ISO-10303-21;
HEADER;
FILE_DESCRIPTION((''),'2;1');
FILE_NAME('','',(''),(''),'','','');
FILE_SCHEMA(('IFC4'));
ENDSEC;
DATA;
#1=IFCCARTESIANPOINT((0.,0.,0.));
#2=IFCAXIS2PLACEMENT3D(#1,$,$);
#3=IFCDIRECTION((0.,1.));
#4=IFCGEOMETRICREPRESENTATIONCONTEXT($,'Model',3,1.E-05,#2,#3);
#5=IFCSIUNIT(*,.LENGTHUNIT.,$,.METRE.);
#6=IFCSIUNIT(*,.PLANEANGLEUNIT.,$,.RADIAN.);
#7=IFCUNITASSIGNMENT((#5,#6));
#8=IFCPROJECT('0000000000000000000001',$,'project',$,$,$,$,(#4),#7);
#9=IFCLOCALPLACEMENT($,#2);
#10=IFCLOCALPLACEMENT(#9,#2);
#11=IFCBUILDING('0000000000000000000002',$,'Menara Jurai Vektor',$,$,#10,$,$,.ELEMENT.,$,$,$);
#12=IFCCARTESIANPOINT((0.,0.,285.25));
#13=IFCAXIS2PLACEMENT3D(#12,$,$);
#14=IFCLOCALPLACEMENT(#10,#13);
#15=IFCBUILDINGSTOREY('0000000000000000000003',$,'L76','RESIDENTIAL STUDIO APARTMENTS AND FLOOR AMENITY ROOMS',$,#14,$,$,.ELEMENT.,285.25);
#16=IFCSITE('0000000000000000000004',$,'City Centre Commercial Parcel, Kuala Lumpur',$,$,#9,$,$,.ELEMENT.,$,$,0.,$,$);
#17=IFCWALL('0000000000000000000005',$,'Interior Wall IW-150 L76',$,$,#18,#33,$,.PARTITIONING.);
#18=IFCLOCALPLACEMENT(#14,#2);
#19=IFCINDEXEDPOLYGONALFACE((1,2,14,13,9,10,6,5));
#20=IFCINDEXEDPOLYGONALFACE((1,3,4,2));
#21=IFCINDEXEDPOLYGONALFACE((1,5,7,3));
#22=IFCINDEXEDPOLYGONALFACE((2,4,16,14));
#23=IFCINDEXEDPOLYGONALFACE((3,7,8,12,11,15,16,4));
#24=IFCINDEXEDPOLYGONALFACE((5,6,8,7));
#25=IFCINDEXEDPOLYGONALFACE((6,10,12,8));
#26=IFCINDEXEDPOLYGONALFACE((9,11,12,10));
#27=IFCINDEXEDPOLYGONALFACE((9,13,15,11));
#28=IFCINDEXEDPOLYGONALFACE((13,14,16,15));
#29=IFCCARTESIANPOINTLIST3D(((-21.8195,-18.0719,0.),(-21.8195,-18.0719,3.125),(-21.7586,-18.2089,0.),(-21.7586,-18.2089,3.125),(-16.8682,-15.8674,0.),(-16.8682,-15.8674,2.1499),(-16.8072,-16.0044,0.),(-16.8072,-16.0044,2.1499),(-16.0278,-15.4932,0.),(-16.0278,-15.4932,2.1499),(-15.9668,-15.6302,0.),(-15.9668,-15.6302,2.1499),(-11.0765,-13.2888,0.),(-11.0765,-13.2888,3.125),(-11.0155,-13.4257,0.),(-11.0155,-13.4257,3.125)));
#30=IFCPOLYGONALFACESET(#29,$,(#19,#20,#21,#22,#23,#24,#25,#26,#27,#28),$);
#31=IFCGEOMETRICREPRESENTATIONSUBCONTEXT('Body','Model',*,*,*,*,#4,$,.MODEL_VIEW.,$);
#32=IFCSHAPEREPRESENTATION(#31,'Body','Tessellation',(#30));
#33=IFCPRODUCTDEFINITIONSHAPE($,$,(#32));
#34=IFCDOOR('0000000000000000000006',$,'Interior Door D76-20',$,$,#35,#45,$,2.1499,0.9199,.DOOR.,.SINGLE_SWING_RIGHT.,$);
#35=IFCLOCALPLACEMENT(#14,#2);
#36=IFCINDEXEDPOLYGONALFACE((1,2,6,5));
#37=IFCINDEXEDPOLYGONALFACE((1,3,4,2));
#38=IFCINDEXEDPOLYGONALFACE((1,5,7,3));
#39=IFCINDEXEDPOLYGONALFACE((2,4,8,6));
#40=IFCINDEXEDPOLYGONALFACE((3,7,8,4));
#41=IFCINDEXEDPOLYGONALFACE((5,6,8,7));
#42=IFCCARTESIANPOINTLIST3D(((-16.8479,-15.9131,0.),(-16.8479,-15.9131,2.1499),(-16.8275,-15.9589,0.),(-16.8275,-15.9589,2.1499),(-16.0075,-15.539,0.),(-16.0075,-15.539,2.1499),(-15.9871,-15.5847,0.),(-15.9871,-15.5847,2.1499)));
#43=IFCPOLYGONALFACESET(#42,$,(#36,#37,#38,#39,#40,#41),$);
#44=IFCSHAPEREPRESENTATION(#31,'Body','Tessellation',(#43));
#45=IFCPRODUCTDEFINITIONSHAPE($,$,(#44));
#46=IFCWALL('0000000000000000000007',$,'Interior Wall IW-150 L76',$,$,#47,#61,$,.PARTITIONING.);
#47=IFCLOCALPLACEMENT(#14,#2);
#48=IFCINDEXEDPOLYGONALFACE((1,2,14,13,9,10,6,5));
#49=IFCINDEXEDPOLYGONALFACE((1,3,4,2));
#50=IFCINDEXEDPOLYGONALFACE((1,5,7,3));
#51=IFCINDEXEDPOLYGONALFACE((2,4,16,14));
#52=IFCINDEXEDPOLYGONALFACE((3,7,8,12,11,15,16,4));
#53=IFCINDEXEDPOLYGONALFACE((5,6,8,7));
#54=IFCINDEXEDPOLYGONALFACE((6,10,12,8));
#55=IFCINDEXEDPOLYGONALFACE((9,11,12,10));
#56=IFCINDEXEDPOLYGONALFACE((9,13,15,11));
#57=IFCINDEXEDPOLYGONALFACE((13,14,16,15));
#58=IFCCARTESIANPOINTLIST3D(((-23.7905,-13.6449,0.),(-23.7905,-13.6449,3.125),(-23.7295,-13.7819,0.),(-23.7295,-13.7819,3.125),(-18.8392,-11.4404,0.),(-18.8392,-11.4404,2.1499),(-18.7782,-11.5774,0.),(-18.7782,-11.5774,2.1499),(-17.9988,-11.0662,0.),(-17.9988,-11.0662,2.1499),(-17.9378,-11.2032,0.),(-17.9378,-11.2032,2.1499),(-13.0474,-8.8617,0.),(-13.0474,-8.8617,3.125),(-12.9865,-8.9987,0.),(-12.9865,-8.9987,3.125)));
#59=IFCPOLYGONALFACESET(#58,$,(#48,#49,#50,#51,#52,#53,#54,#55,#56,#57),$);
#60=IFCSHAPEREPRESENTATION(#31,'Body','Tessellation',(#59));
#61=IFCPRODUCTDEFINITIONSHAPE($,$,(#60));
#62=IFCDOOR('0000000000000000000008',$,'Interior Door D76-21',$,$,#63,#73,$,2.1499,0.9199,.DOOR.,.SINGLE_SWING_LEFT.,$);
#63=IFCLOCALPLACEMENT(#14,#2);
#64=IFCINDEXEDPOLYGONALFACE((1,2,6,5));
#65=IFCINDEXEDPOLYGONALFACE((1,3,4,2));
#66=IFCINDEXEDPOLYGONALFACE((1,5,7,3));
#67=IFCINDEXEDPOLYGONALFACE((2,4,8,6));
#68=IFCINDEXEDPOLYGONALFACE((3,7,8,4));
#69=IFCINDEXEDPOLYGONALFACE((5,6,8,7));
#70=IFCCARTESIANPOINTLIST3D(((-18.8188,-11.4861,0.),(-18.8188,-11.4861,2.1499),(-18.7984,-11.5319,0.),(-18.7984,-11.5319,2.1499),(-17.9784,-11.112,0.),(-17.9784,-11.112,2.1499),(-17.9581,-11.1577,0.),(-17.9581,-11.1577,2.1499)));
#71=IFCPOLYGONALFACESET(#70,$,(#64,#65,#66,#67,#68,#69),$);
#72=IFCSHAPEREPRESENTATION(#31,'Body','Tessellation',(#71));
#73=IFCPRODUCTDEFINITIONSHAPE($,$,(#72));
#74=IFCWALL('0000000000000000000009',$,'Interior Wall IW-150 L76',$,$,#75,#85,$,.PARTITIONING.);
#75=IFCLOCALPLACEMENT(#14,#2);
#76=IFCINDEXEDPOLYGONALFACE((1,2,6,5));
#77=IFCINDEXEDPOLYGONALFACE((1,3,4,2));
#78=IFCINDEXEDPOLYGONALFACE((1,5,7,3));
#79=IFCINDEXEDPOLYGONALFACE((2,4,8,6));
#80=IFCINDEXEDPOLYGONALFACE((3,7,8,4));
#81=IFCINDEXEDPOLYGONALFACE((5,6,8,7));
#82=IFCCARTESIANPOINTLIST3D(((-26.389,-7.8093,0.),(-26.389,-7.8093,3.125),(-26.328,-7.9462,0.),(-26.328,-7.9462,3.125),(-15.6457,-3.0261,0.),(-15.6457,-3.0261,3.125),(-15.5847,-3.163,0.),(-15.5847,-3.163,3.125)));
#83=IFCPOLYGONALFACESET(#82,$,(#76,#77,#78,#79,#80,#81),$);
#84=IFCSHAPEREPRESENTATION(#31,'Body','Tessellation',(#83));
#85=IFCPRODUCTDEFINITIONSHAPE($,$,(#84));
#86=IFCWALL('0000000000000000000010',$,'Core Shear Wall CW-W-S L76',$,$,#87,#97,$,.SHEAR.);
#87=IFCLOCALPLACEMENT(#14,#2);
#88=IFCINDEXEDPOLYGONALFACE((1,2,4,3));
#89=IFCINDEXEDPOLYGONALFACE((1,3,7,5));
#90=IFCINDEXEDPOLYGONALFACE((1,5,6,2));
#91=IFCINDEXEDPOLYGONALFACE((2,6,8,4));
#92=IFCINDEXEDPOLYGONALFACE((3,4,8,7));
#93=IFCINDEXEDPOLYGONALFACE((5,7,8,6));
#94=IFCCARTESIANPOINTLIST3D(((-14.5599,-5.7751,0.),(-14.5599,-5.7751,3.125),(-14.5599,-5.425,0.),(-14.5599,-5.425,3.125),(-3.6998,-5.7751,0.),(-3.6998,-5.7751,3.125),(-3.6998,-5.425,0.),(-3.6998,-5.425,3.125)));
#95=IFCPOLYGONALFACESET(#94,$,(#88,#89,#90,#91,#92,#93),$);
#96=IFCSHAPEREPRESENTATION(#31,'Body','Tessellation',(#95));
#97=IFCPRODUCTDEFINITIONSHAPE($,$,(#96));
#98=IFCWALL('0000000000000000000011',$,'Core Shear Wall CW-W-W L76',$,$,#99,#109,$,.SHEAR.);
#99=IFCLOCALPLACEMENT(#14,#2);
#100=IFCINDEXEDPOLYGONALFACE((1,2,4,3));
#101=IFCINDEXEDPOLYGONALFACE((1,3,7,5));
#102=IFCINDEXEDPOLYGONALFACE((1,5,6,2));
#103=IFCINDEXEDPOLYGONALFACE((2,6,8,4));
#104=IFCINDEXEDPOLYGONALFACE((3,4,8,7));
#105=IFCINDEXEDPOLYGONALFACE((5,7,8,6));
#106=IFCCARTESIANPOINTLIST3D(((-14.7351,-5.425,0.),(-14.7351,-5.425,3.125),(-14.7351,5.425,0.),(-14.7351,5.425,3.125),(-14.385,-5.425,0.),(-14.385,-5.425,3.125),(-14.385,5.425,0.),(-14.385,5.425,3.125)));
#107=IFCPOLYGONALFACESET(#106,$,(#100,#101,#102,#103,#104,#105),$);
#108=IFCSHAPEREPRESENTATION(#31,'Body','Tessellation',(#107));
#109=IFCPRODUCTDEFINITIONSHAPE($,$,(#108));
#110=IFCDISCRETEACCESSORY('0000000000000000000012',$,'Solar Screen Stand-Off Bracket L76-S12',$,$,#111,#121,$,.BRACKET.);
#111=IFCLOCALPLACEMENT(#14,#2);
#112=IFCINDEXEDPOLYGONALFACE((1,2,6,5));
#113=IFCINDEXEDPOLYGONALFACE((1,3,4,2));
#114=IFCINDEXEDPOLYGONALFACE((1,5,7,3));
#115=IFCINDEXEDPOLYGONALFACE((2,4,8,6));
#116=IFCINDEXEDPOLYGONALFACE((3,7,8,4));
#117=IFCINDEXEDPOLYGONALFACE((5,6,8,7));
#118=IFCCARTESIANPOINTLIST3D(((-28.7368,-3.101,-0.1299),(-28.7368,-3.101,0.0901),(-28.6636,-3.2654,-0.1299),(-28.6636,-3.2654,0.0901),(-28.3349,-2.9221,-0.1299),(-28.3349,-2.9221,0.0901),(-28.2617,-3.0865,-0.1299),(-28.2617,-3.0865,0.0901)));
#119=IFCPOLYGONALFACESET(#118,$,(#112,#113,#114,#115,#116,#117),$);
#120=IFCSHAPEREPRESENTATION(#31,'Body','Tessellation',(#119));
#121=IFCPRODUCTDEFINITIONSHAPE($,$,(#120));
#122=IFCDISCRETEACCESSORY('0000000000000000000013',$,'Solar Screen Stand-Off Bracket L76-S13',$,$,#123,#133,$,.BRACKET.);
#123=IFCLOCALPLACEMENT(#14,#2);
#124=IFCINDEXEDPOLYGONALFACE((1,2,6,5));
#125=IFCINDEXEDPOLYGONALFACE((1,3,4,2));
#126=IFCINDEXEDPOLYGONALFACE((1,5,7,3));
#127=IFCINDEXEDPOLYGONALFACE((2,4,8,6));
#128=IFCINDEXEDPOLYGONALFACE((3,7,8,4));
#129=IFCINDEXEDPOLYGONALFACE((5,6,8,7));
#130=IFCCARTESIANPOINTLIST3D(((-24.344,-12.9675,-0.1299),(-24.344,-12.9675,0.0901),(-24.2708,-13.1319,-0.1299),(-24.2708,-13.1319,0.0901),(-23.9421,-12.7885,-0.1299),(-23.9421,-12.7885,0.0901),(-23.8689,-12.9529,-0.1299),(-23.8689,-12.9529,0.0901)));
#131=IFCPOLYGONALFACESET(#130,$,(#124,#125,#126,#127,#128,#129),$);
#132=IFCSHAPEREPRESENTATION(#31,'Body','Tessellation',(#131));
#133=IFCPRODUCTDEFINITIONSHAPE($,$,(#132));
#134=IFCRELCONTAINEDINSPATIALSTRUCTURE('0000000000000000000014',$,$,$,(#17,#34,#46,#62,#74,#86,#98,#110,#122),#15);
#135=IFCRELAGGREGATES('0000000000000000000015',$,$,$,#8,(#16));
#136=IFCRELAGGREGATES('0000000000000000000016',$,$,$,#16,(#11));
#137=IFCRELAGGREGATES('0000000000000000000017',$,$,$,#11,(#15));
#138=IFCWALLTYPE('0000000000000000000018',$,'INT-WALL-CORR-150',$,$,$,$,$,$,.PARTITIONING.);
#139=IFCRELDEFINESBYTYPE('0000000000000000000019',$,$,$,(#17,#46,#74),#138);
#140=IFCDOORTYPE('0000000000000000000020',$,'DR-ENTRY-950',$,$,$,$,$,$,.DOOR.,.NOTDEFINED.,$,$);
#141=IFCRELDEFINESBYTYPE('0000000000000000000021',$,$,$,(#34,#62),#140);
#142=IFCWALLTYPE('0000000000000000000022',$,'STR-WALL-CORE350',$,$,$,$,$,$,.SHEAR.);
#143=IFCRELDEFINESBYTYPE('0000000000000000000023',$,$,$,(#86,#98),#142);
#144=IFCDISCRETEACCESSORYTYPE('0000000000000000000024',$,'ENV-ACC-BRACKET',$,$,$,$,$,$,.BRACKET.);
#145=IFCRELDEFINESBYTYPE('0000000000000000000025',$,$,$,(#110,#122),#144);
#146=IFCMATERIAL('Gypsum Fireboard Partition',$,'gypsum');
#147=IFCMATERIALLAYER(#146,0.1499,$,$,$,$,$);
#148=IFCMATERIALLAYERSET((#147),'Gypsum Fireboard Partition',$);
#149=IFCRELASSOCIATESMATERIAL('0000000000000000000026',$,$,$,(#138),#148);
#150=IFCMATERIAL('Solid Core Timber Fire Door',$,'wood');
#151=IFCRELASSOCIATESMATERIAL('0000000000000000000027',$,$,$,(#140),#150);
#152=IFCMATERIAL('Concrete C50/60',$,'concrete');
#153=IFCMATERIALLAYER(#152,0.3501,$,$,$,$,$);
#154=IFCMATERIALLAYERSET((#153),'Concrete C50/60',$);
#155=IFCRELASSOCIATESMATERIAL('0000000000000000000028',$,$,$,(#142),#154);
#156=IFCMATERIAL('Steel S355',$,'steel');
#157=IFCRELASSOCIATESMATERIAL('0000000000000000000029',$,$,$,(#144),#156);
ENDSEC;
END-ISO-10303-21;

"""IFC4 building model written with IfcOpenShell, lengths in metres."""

from ifc_helpers import new_model, si_unit, direction, frame, frame_2d, origin, origin_2d, place, context, subcontext, project, spatial, rectangle, extrude, material, layer, layer_set, type_object, element, fill, save


model = new_model("IFC4")

# Units and contexts
model_context = context("Model", 3, precision=1e-05, world=origin(), true_north=direction((0.0, 1.0)))
body_context = subcontext(model_context, "Body", "Model", "MODEL_VIEW")
ifc_project = project(units=[si_unit("LENGTHUNIT", "METRE"), si_unit("PLANEANGLEUNIT", "RADIAN")], contexts=[model_context])

# Site, building, storey
site_placement = place(None, origin())
site = spatial("IfcSite", under=ifc_project, at=site_placement, Name="City Centre Commercial Parcel, Kuala Lumpur", CompositionType="ELEMENT", RefElevation=0.0)
building_placement = place(site_placement, origin())
building = spatial("IfcBuilding", under=site, at=building_placement, Name="Menara Jurai Vektor", CompositionType="ELEMENT")
storey_placement = place(building_placement, frame((0.0, 0.0, 285.25)))
storey = spatial("IfcBuildingStorey", under=building, at=storey_placement, Name="L76", Description="RESIDENTIAL STUDIO APARTMENTS AND FLOOR AMENITY ROOMS", CompositionType="ELEMENT", Elevation=285.25)

# Shared definitions
ifc_material_1 = material(Name="Concrete C50/60", Category="concrete")

# Shared definitions
ifc_material_2 = material(Name="Steel S355", Category="steel")

# Walls, openings, doors
ifc_material_3 = material(Name="Gypsum Fireboard Partition", Category="gypsum")
ifc_layer_1 = layer(ifc_material_3, 0.1499)
ifc_layer_set_1 = layer_set([ifc_layer_1], Name="Gypsum Fireboard Partition")
wall_type_1 = type_object("IfcWallType", Name="INT-WALL-CORR-150", PredefinedType="PARTITIONING", material=ifc_layer_set_1)
wall_1_placement = place(storey_placement, frame((-21.7891, -18.1404, 0.0), z_axis=(0.0, 0.0, 1.0), x_axis=(0.913544, 0.406739, 0.0)))
wall_1 = element("IfcWall", 1, at=wall_1_placement, inside=storey, type_object=wall_type_1, Name="Interior Wall IW-150 L76", PredefinedType="PARTITIONING", context=body_context, shape_type="SweptSolid", body=[
    extrude(rectangle(XDim=11.7598, YDim=0.1499, at=frame_2d((5.8799, 0.0))), origin(), (0.0, 0.0, 1.0), 3.125),
])
opening_1_placement = place(wall_1_placement, frame((5.4199, 0.0, 0.0)))
opening_1 = element("IfcOpeningElement", 2, at=opening_1_placement, cuts=wall_1, PredefinedType="OPENING", context=body_context, shape_type="SweptSolid", body=[
    extrude(rectangle(XDim=0.9199, YDim=2.1499, at=frame_2d((0.46, 1.075))), frame((0.0, 0.085, 0.0), z_axis=(0.0, -1.0, 0.0), x_axis=(1.0, 0.0, 0.0)), (0.0, 0.0, 1.0), 0.1699),
])
ifc_material_4 = material(Name="Solid Core Timber Fire Door", Category="wood")
door_type = type_object("IfcDoorType", Name="DR-ENTRY-950", OperationType="NOTDEFINED", PredefinedType="DOOR", material=ifc_material_4)
door_1_placement = place(opening_1_placement, origin())
door_1 = element("IfcDoor", 3, at=door_1_placement, inside=storey, type_object=door_type, Name="Interior Door D76-20", OperationType="SINGLE_SWING_RIGHT", OverallHeight=2.1499, OverallWidth=0.9199, PredefinedType="DOOR", context=body_context, shape_type="SweptSolid", body=[
    extrude(rectangle(XDim=0.9199, YDim=2.1499, at=frame_2d((0.46, 1.075))), frame((0.0, 0.0249, 0.0), z_axis=(0.0, -1.0, 0.0), x_axis=(1.0, 0.0, 0.0)), (0.0, 0.0, 1.0), 0.05),
])
fill(opening_1, door_1)
wall_2_placement = place(storey_placement, frame((-23.76, -13.7134, 0.0), z_axis=(0.0, 0.0, 1.0), x_axis=(0.913544, 0.406739, 0.0)))
wall_2 = element("IfcWall", 4, at=wall_2_placement, inside=storey, type_object=wall_type_1, Name="Interior Wall IW-150 L76", PredefinedType="PARTITIONING", context=body_context, shape_type="SweptSolid", body=[
    extrude(rectangle(XDim=11.7598, YDim=0.1499, at=frame_2d((5.8799, 0.0))), origin(), (0.0, 0.0, 1.0), 3.125),
])
opening_2_placement = place(wall_2_placement, frame((5.4199, 0.0, 0.0)))
opening_2 = element("IfcOpeningElement", 5, at=opening_2_placement, cuts=wall_2, PredefinedType="OPENING", context=body_context, shape_type="SweptSolid", body=[
    extrude(rectangle(XDim=0.9199, YDim=2.1499, at=frame_2d((0.46, 1.075))), frame((0.0, 0.085, 0.0), z_axis=(0.0, -1.0, 0.0), x_axis=(1.0, 0.0, 0.0)), (0.0, 0.0, 1.0), 0.1699),
])
door_2_placement = place(opening_2_placement, origin())
door_2 = element("IfcDoor", 6, at=door_2_placement, inside=storey, type_object=door_type, Name="Interior Door D76-21", OperationType="SINGLE_SWING_LEFT", OverallHeight=2.1499, OverallWidth=0.9199, PredefinedType="DOOR", context=body_context, shape_type="SweptSolid", body=[
    extrude(rectangle(XDim=0.9199, YDim=2.1499, at=frame_2d((0.46, 1.075))), frame((0.0, 0.0249, 0.0), z_axis=(0.0, -1.0, 0.0), x_axis=(1.0, 0.0, 0.0)), (0.0, 0.0, 1.0), 0.05),
])
fill(opening_2, door_2)

# Walls
wall_3_placement = place(storey_placement, frame((-26.3584, -7.8777, 0.0), z_axis=(0.0, 0.0, 1.0), x_axis=(0.913548, 0.406732, 0.0)))
element("IfcWall", 7, at=wall_3_placement, inside=storey, type_object=wall_type_1, Name="Interior Wall IW-150 L76", PredefinedType="PARTITIONING", context=body_context, shape_type="SweptSolid", body=[
    extrude(rectangle(XDim=11.76, YDim=0.1499, at=frame_2d((5.8799, 0.0))), origin(), (0.0, 0.0, 1.0), 3.125),
])
ifc_layer_2 = layer(ifc_material_1, 0.3501)
ifc_layer_set_2 = layer_set([ifc_layer_2], Name="Concrete C50/60")
wall_type_2 = type_object("IfcWallType", Name="STR-WALL-CORE350", PredefinedType="SHEAR", material=ifc_layer_set_2)
wall_4_placement = place(storey_placement, frame((-14.5601, -5.6001, 0.0), z_axis=(0.0, 0.0, 1.0), x_axis=(1.0, 0.0, 0.0)))
element("IfcWall", 8, at=wall_4_placement, inside=storey, type_object=wall_type_2, Name="Core Shear Wall CW-W-S L76", PredefinedType="SHEAR", context=body_context, shape_type="SweptSolid", body=[
    extrude(rectangle(XDim=10.8601, YDim=0.3501, at=frame_2d((5.4302, 0.0))), origin(), (0.0, 0.0, 1.0), 3.125),
])
wall_5_placement = place(storey_placement, frame((-14.5601, -5.425, 0.0), z_axis=(0.0, 0.0, 1.0), x_axis=(0.0, 1.0, 0.0)))
element("IfcWall", 9, at=wall_5_placement, inside=storey, type_object=wall_type_2, Name="Core Shear Wall CW-W-W L76", PredefinedType="SHEAR", context=body_context, shape_type="SweptSolid", body=[
    extrude(rectangle(XDim=10.8501, YDim=0.3501, at=frame_2d((5.425, 0.0))), origin(), (0.0, 0.0, 1.0), 3.125),
])

# Discrete accessories
discrete_accessory_type = type_object("IfcDiscreteAccessoryType", Name="ENV-ACC-BRACKET", PredefinedType="BRACKET", material=ifc_material_2)
for number, where, z_axis, x_axis, name in (
    (10, (-28.4993, -3.0938, -0.1299), (0.0, 0.0, 1.0), (0.406737, -0.913545, 0.0), "Solar Screen Stand-Off Bracket L76-S12"),
    (11, (-24.1064, -12.9602, -0.1299), (0.0, 0.0, 1.0), (0.406737, -0.913545, 0.0), "Solar Screen Stand-Off Bracket L76-S13"),
):
    element("IfcDiscreteAccessory", number, at=place(storey_placement, frame(where, z_axis=z_axis, x_axis=x_axis)), inside=storey, type_object=discrete_accessory_type, Name=name, PredefinedType="BRACKET", context=body_context, shape_type="SweptSolid", body=[
        extrude(rectangle(XDim=0.1799, YDim=0.4399, at=origin_2d()), origin(), (0.0, 0.0, 1.0), 0.22),
    ])

save(model, "model.ifc")
